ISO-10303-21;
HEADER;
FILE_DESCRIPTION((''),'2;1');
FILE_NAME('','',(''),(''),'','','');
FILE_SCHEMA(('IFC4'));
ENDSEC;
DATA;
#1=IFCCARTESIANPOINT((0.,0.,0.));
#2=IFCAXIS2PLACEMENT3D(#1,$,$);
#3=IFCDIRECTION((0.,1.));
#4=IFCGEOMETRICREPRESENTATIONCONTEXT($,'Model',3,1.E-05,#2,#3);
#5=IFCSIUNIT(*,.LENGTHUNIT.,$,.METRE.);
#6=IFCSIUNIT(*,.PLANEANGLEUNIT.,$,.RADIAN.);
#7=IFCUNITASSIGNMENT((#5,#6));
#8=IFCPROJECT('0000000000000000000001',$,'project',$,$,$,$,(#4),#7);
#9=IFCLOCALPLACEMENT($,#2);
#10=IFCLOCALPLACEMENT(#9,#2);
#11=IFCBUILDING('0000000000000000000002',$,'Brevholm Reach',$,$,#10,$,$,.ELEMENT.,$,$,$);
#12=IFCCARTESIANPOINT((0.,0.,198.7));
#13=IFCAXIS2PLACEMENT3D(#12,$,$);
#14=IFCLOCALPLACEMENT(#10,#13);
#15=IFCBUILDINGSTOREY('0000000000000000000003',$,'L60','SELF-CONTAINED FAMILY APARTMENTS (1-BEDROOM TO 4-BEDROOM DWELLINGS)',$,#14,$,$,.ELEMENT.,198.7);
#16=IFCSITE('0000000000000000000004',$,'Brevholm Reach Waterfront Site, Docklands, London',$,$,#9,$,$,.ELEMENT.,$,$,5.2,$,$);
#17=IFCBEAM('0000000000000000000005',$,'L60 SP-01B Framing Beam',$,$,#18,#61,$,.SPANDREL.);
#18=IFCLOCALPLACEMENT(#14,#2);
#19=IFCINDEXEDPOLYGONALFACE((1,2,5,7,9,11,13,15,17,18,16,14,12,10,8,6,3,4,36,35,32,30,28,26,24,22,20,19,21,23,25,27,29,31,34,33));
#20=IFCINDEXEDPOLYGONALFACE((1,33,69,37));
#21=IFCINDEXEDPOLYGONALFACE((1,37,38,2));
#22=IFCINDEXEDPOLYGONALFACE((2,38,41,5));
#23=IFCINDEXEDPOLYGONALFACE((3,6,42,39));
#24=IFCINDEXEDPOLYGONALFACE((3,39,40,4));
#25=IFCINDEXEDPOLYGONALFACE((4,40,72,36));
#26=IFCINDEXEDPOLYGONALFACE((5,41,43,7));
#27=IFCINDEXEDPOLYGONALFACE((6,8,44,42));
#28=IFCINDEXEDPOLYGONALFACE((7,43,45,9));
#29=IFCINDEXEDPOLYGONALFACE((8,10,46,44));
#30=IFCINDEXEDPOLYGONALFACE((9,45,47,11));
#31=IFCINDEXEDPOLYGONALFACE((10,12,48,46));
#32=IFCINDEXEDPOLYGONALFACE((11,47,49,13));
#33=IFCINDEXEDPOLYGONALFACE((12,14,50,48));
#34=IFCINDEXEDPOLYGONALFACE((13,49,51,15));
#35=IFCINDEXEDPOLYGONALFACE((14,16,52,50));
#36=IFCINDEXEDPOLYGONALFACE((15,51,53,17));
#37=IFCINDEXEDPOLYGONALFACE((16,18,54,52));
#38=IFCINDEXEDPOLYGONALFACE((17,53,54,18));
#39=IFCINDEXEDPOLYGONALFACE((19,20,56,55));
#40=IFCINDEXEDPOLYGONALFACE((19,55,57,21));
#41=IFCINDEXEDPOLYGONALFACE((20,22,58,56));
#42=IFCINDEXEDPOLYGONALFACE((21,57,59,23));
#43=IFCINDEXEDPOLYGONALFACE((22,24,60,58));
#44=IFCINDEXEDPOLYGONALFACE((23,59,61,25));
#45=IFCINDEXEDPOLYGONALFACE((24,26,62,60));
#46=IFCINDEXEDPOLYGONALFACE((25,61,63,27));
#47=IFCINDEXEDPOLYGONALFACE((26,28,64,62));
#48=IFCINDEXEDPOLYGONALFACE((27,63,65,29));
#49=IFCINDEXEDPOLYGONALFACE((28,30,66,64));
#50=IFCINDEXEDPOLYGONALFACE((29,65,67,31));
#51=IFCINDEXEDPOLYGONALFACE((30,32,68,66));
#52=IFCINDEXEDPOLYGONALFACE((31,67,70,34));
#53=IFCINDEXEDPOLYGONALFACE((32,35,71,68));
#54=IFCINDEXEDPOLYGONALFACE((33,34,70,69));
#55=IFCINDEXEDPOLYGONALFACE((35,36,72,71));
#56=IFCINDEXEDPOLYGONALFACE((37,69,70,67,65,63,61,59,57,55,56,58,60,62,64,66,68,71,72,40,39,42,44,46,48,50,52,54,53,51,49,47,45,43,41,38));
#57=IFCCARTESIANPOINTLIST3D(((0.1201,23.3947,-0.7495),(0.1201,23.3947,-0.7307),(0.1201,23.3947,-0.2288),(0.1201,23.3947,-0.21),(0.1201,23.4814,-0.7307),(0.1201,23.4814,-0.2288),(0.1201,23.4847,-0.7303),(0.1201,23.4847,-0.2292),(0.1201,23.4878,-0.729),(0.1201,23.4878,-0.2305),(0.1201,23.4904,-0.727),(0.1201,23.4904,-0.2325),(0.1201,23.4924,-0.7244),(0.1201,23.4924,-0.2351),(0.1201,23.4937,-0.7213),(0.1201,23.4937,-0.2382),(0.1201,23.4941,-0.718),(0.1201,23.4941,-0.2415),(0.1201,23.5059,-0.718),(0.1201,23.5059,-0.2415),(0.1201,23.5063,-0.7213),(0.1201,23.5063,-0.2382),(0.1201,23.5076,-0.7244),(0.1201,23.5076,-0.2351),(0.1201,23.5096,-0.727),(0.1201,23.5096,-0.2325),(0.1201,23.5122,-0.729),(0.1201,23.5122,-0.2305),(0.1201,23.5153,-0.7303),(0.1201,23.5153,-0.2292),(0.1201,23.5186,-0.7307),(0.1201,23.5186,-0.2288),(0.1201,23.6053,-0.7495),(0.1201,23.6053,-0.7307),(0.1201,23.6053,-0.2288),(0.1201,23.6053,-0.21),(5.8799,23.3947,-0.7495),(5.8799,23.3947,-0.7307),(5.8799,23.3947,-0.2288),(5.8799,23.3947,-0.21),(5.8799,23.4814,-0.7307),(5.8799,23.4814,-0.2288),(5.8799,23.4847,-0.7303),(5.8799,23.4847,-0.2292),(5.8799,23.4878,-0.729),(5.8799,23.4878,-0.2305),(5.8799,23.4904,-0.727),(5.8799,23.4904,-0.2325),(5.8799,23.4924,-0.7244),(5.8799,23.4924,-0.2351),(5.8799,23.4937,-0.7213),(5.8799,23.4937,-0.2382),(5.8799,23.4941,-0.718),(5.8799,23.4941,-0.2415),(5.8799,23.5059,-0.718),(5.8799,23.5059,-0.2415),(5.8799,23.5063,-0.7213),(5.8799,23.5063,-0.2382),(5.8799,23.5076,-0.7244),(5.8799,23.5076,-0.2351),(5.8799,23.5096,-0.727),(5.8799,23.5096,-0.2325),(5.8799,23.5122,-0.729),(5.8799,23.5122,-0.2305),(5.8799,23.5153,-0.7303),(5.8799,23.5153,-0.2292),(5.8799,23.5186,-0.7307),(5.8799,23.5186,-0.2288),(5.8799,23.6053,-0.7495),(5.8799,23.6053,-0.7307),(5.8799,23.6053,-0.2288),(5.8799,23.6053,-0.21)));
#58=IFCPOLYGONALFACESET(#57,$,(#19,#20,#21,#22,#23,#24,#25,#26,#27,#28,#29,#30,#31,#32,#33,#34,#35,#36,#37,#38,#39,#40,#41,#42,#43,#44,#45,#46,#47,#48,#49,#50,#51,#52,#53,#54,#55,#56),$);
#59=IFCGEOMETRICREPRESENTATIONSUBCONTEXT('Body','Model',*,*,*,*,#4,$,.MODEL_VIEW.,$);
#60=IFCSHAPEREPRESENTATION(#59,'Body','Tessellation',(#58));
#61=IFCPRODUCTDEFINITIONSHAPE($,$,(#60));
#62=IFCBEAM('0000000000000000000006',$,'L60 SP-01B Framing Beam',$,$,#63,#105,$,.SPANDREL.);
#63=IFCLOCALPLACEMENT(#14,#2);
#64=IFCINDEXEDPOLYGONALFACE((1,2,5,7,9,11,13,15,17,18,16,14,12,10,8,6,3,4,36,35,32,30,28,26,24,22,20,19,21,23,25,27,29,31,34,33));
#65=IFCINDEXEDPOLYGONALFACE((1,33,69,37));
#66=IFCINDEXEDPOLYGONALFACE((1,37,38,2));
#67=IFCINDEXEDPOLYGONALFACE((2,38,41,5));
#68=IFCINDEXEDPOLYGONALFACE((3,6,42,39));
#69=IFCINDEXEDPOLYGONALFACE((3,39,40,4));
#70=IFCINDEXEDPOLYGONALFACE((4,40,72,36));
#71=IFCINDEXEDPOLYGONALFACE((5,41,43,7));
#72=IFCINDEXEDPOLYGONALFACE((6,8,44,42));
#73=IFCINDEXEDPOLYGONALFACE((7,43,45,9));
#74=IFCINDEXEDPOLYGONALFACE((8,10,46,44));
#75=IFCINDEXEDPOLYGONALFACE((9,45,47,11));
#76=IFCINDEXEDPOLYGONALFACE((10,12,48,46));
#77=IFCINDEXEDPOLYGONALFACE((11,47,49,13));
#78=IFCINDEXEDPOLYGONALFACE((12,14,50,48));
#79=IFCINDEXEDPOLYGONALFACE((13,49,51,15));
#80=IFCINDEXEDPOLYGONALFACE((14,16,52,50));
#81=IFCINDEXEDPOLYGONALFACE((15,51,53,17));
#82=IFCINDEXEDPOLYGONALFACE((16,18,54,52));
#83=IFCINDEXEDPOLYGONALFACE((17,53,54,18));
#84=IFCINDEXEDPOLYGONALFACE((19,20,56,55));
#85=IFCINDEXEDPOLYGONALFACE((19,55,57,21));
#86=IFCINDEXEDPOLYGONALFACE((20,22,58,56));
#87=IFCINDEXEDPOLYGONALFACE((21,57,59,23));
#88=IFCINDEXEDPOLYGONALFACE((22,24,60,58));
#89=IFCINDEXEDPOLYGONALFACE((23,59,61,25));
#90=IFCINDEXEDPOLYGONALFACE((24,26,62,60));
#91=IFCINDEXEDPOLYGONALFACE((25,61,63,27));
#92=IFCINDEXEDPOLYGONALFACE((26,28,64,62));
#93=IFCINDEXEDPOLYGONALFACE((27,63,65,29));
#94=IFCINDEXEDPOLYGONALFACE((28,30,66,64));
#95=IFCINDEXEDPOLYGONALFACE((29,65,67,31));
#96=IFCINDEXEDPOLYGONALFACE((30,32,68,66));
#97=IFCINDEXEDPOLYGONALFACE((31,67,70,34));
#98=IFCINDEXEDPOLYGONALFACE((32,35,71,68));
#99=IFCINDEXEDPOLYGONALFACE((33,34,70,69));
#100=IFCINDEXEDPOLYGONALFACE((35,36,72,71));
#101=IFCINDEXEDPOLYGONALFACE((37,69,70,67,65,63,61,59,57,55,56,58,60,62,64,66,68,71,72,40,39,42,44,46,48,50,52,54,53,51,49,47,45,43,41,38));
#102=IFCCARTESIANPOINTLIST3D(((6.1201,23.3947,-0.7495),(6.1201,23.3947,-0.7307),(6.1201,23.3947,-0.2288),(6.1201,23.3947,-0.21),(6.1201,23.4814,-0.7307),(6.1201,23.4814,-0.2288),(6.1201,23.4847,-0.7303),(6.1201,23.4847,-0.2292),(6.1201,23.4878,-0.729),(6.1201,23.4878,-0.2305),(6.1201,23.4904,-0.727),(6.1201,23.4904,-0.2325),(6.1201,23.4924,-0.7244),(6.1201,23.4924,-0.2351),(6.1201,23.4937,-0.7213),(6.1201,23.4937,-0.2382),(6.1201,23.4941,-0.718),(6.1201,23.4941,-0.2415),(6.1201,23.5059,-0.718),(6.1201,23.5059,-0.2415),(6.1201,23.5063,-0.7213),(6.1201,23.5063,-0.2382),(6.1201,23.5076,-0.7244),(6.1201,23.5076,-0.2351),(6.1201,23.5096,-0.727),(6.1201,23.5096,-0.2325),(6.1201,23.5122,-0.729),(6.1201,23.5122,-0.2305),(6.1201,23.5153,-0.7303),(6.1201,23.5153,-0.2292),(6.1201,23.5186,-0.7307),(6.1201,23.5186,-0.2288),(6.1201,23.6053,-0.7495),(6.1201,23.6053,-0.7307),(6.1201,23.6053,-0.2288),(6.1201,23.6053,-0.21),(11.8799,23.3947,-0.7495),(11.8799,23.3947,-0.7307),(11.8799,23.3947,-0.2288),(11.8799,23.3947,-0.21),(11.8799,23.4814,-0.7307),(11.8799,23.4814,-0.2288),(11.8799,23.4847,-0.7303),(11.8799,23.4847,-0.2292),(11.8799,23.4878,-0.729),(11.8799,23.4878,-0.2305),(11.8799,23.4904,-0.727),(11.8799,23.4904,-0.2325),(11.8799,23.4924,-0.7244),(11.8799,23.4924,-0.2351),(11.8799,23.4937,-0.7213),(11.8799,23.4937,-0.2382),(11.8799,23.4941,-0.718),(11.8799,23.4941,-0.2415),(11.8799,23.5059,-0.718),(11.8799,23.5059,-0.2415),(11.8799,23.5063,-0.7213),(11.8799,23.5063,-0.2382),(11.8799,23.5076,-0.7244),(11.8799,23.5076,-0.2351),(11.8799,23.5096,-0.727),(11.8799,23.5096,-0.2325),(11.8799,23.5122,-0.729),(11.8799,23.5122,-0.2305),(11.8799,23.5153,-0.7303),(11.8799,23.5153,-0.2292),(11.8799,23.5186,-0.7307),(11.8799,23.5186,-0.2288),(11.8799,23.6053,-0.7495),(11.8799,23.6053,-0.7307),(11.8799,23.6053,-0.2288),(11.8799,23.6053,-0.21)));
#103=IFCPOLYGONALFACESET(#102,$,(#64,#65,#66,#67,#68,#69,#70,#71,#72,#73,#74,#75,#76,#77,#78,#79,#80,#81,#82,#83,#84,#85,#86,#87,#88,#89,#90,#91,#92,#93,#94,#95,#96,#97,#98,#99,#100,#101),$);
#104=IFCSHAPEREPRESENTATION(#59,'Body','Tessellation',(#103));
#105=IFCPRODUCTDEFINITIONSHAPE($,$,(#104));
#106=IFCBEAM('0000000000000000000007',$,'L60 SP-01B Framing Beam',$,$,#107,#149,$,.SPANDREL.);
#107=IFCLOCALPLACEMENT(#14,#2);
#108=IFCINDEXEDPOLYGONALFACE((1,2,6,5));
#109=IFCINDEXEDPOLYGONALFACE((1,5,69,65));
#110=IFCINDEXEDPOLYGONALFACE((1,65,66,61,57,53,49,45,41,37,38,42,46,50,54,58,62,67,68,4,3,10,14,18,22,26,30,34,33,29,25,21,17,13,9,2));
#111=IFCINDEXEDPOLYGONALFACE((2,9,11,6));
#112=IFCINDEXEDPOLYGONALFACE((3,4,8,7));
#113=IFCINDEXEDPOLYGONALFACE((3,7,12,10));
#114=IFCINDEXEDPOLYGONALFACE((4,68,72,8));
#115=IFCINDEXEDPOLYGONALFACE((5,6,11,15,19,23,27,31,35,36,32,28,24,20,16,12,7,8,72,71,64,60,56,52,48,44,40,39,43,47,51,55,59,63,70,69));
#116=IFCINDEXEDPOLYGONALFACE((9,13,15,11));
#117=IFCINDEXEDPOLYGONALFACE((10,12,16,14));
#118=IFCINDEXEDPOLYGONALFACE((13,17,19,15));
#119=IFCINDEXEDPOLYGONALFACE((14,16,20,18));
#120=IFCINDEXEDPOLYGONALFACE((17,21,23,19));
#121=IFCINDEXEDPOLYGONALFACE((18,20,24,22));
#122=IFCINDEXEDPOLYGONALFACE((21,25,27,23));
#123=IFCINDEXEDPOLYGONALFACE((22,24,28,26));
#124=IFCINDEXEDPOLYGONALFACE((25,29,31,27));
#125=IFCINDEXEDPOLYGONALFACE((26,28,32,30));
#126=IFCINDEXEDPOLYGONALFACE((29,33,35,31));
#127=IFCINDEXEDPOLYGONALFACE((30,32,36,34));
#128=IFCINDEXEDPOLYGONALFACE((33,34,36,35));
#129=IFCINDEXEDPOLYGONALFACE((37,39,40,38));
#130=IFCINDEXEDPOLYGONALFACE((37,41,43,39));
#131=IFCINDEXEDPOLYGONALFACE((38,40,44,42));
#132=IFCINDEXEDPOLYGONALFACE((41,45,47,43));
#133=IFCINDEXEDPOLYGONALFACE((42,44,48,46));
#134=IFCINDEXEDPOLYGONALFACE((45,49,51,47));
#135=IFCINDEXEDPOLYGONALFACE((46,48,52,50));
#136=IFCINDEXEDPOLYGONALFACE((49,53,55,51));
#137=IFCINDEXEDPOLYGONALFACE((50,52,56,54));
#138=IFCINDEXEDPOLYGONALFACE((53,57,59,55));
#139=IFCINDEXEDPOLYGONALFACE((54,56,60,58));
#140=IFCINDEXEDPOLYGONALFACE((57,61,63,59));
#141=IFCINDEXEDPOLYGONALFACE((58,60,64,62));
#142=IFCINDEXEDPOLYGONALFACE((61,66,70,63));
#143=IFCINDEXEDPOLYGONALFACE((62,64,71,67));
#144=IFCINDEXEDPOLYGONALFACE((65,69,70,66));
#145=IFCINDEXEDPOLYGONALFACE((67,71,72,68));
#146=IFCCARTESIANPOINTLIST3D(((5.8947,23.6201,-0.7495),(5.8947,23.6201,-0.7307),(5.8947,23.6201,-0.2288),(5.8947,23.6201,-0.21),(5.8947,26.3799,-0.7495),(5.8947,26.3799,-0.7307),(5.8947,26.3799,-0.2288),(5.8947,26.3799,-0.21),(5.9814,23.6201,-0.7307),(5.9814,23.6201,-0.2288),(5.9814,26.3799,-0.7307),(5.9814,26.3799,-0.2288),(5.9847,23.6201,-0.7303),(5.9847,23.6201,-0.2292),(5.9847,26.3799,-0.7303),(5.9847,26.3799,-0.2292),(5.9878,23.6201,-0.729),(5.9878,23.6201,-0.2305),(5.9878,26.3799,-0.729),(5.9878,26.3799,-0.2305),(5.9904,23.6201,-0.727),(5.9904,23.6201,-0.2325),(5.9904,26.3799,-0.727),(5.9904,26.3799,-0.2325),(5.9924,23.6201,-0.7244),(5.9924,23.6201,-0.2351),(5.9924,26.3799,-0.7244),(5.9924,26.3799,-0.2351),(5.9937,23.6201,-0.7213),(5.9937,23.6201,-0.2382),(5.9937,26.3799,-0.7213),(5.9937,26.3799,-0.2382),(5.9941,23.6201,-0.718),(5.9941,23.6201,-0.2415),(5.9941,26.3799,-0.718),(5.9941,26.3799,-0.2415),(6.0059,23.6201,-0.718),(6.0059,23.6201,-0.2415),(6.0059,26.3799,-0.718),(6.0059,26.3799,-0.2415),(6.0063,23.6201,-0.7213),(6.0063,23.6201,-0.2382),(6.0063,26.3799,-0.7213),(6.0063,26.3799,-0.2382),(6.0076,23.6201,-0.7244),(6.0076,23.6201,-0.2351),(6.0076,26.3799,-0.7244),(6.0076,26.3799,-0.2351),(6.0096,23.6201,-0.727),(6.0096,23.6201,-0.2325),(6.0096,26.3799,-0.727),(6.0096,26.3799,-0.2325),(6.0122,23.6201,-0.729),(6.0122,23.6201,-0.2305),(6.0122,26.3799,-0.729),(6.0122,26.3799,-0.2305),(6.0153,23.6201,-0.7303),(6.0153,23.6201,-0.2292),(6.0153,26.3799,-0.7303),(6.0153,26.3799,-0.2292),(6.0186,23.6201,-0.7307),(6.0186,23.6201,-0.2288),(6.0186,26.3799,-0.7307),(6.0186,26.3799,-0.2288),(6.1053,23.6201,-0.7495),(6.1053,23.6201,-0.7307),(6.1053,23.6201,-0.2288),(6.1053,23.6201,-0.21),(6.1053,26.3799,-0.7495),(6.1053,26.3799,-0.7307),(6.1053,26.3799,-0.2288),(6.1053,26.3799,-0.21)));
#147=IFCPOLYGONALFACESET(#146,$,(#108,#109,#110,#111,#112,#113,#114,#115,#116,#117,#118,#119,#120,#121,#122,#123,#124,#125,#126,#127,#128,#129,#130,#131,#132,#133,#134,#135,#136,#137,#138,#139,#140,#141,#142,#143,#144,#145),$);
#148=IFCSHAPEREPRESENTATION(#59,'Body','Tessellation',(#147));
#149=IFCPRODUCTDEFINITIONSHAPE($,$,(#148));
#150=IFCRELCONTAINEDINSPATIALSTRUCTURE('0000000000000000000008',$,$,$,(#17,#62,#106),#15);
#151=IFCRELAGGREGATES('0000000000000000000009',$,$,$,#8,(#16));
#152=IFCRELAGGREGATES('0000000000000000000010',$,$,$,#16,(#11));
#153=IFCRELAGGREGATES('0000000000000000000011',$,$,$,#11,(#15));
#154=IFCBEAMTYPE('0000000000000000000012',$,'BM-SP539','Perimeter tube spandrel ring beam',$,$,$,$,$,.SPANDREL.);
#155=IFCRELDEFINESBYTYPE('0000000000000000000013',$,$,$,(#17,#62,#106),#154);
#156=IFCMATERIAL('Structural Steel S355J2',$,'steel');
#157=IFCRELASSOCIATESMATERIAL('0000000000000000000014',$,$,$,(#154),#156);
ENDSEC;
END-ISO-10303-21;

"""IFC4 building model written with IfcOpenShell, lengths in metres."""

from ifc_helpers import new_model, si_unit, direction, frame, origin, origin_2d, place, context, subcontext, project, spatial, i_section, extrude, material, material_profile, profile_set, type_object, element, save


model = new_model("IFC4")

# Units and contexts
model_context = context("Model", 3, precision=1e-05, world=origin(), true_north=direction((0.0, 1.0)))
body_context = subcontext(model_context, "Body", "Model", "MODEL_VIEW")
ifc_project = project(units=[si_unit("LENGTHUNIT", "METRE"), si_unit("PLANEANGLEUNIT", "RADIAN")], contexts=[model_context])

# Site, building, storey
site_placement = place(None, origin())
site = spatial("IfcSite", under=ifc_project, at=site_placement, Name="Brevholm Reach Waterfront Site, Docklands, London", CompositionType="ELEMENT", RefElevation=5.2)
building_placement = place(site_placement, origin())
building = spatial("IfcBuilding", under=site, at=building_placement, Name="Brevholm Reach", CompositionType="ELEMENT")
storey_placement = place(building_placement, frame((0.0, 0.0, 198.7)))
storey = spatial("IfcBuildingStorey", under=building, at=storey_placement, Name="L60", Description="SELF-CONTAINED FAMILY APARTMENTS (1-BEDROOM TO 4-BEDROOM DWELLINGS)", CompositionType="ELEMENT", Elevation=198.7)

# Beams
ifc_material_1 = material(Name="Structural Steel S355J2", Category="steel")
ifc_material_profile_1 = material_profile(ifc_material_1, i_section(OverallWidth=0.2107, OverallDepth=0.5396, WebThickness=0.0117, FlangeThickness=0.0188, FilletRadius=0.0127, at=origin_2d()), Name="UKB 533x210x109")
ifc_profile_set_1 = profile_set([ifc_material_profile_1], Name="Structural Steel S355J2")
beam_type_1 = type_object("IfcBeamType", Name="BM-SP539", Description="Perimeter tube spandrel ring beam", PredefinedType="SPANDREL", material=ifc_profile_set_1)
for number, where, z_axis, x_axis, name in (
    (1, (0.1201, 23.5, -0.4797), (1.0, 0.0, 0.0), (0.0, 1.0, 0.0), "L60 SP-01B Framing Beam"),
    (2, (6.1201, 23.5, -0.4797), (1.0, 0.0, 0.0), (0.0, 1.0, 0.0), "L60 SP-01B Framing Beam"),
):
    element("IfcBeam", number, at=place(storey_placement, frame(where, z_axis=z_axis, x_axis=x_axis)), inside=storey, type_object=beam_type_1, Name=name, PredefinedType="SPANDREL", context=body_context, shape_type="SweptSolid", body=[
        extrude(i_section(OverallWidth=0.2107, OverallDepth=0.5396, WebThickness=0.0117, FlangeThickness=0.0188, FilletRadius=0.0127, at=origin_2d()), origin(), (0.0, 0.0, 1.0), 5.7598),
    ])
beam_1_placement = place(storey_placement, frame((6.0, 23.6201, -0.4797), z_axis=(0.0, 1.0, 0.0), x_axis=(-1.0, 0.0, 0.0)))
element("IfcBeam", 3, at=beam_1_placement, inside=storey, type_object=beam_type_1, Name="L60 SP-01B Framing Beam", PredefinedType="SPANDREL", context=body_context, shape_type="SweptSolid", body=[
    extrude(i_section(OverallWidth=0.2107, OverallDepth=0.5396, WebThickness=0.0117, FlangeThickness=0.0188, FilletRadius=0.0127, at=origin_2d()), origin(), (0.0, 0.0, 1.0), 2.7598),
])

save(model, "model.ifc")
